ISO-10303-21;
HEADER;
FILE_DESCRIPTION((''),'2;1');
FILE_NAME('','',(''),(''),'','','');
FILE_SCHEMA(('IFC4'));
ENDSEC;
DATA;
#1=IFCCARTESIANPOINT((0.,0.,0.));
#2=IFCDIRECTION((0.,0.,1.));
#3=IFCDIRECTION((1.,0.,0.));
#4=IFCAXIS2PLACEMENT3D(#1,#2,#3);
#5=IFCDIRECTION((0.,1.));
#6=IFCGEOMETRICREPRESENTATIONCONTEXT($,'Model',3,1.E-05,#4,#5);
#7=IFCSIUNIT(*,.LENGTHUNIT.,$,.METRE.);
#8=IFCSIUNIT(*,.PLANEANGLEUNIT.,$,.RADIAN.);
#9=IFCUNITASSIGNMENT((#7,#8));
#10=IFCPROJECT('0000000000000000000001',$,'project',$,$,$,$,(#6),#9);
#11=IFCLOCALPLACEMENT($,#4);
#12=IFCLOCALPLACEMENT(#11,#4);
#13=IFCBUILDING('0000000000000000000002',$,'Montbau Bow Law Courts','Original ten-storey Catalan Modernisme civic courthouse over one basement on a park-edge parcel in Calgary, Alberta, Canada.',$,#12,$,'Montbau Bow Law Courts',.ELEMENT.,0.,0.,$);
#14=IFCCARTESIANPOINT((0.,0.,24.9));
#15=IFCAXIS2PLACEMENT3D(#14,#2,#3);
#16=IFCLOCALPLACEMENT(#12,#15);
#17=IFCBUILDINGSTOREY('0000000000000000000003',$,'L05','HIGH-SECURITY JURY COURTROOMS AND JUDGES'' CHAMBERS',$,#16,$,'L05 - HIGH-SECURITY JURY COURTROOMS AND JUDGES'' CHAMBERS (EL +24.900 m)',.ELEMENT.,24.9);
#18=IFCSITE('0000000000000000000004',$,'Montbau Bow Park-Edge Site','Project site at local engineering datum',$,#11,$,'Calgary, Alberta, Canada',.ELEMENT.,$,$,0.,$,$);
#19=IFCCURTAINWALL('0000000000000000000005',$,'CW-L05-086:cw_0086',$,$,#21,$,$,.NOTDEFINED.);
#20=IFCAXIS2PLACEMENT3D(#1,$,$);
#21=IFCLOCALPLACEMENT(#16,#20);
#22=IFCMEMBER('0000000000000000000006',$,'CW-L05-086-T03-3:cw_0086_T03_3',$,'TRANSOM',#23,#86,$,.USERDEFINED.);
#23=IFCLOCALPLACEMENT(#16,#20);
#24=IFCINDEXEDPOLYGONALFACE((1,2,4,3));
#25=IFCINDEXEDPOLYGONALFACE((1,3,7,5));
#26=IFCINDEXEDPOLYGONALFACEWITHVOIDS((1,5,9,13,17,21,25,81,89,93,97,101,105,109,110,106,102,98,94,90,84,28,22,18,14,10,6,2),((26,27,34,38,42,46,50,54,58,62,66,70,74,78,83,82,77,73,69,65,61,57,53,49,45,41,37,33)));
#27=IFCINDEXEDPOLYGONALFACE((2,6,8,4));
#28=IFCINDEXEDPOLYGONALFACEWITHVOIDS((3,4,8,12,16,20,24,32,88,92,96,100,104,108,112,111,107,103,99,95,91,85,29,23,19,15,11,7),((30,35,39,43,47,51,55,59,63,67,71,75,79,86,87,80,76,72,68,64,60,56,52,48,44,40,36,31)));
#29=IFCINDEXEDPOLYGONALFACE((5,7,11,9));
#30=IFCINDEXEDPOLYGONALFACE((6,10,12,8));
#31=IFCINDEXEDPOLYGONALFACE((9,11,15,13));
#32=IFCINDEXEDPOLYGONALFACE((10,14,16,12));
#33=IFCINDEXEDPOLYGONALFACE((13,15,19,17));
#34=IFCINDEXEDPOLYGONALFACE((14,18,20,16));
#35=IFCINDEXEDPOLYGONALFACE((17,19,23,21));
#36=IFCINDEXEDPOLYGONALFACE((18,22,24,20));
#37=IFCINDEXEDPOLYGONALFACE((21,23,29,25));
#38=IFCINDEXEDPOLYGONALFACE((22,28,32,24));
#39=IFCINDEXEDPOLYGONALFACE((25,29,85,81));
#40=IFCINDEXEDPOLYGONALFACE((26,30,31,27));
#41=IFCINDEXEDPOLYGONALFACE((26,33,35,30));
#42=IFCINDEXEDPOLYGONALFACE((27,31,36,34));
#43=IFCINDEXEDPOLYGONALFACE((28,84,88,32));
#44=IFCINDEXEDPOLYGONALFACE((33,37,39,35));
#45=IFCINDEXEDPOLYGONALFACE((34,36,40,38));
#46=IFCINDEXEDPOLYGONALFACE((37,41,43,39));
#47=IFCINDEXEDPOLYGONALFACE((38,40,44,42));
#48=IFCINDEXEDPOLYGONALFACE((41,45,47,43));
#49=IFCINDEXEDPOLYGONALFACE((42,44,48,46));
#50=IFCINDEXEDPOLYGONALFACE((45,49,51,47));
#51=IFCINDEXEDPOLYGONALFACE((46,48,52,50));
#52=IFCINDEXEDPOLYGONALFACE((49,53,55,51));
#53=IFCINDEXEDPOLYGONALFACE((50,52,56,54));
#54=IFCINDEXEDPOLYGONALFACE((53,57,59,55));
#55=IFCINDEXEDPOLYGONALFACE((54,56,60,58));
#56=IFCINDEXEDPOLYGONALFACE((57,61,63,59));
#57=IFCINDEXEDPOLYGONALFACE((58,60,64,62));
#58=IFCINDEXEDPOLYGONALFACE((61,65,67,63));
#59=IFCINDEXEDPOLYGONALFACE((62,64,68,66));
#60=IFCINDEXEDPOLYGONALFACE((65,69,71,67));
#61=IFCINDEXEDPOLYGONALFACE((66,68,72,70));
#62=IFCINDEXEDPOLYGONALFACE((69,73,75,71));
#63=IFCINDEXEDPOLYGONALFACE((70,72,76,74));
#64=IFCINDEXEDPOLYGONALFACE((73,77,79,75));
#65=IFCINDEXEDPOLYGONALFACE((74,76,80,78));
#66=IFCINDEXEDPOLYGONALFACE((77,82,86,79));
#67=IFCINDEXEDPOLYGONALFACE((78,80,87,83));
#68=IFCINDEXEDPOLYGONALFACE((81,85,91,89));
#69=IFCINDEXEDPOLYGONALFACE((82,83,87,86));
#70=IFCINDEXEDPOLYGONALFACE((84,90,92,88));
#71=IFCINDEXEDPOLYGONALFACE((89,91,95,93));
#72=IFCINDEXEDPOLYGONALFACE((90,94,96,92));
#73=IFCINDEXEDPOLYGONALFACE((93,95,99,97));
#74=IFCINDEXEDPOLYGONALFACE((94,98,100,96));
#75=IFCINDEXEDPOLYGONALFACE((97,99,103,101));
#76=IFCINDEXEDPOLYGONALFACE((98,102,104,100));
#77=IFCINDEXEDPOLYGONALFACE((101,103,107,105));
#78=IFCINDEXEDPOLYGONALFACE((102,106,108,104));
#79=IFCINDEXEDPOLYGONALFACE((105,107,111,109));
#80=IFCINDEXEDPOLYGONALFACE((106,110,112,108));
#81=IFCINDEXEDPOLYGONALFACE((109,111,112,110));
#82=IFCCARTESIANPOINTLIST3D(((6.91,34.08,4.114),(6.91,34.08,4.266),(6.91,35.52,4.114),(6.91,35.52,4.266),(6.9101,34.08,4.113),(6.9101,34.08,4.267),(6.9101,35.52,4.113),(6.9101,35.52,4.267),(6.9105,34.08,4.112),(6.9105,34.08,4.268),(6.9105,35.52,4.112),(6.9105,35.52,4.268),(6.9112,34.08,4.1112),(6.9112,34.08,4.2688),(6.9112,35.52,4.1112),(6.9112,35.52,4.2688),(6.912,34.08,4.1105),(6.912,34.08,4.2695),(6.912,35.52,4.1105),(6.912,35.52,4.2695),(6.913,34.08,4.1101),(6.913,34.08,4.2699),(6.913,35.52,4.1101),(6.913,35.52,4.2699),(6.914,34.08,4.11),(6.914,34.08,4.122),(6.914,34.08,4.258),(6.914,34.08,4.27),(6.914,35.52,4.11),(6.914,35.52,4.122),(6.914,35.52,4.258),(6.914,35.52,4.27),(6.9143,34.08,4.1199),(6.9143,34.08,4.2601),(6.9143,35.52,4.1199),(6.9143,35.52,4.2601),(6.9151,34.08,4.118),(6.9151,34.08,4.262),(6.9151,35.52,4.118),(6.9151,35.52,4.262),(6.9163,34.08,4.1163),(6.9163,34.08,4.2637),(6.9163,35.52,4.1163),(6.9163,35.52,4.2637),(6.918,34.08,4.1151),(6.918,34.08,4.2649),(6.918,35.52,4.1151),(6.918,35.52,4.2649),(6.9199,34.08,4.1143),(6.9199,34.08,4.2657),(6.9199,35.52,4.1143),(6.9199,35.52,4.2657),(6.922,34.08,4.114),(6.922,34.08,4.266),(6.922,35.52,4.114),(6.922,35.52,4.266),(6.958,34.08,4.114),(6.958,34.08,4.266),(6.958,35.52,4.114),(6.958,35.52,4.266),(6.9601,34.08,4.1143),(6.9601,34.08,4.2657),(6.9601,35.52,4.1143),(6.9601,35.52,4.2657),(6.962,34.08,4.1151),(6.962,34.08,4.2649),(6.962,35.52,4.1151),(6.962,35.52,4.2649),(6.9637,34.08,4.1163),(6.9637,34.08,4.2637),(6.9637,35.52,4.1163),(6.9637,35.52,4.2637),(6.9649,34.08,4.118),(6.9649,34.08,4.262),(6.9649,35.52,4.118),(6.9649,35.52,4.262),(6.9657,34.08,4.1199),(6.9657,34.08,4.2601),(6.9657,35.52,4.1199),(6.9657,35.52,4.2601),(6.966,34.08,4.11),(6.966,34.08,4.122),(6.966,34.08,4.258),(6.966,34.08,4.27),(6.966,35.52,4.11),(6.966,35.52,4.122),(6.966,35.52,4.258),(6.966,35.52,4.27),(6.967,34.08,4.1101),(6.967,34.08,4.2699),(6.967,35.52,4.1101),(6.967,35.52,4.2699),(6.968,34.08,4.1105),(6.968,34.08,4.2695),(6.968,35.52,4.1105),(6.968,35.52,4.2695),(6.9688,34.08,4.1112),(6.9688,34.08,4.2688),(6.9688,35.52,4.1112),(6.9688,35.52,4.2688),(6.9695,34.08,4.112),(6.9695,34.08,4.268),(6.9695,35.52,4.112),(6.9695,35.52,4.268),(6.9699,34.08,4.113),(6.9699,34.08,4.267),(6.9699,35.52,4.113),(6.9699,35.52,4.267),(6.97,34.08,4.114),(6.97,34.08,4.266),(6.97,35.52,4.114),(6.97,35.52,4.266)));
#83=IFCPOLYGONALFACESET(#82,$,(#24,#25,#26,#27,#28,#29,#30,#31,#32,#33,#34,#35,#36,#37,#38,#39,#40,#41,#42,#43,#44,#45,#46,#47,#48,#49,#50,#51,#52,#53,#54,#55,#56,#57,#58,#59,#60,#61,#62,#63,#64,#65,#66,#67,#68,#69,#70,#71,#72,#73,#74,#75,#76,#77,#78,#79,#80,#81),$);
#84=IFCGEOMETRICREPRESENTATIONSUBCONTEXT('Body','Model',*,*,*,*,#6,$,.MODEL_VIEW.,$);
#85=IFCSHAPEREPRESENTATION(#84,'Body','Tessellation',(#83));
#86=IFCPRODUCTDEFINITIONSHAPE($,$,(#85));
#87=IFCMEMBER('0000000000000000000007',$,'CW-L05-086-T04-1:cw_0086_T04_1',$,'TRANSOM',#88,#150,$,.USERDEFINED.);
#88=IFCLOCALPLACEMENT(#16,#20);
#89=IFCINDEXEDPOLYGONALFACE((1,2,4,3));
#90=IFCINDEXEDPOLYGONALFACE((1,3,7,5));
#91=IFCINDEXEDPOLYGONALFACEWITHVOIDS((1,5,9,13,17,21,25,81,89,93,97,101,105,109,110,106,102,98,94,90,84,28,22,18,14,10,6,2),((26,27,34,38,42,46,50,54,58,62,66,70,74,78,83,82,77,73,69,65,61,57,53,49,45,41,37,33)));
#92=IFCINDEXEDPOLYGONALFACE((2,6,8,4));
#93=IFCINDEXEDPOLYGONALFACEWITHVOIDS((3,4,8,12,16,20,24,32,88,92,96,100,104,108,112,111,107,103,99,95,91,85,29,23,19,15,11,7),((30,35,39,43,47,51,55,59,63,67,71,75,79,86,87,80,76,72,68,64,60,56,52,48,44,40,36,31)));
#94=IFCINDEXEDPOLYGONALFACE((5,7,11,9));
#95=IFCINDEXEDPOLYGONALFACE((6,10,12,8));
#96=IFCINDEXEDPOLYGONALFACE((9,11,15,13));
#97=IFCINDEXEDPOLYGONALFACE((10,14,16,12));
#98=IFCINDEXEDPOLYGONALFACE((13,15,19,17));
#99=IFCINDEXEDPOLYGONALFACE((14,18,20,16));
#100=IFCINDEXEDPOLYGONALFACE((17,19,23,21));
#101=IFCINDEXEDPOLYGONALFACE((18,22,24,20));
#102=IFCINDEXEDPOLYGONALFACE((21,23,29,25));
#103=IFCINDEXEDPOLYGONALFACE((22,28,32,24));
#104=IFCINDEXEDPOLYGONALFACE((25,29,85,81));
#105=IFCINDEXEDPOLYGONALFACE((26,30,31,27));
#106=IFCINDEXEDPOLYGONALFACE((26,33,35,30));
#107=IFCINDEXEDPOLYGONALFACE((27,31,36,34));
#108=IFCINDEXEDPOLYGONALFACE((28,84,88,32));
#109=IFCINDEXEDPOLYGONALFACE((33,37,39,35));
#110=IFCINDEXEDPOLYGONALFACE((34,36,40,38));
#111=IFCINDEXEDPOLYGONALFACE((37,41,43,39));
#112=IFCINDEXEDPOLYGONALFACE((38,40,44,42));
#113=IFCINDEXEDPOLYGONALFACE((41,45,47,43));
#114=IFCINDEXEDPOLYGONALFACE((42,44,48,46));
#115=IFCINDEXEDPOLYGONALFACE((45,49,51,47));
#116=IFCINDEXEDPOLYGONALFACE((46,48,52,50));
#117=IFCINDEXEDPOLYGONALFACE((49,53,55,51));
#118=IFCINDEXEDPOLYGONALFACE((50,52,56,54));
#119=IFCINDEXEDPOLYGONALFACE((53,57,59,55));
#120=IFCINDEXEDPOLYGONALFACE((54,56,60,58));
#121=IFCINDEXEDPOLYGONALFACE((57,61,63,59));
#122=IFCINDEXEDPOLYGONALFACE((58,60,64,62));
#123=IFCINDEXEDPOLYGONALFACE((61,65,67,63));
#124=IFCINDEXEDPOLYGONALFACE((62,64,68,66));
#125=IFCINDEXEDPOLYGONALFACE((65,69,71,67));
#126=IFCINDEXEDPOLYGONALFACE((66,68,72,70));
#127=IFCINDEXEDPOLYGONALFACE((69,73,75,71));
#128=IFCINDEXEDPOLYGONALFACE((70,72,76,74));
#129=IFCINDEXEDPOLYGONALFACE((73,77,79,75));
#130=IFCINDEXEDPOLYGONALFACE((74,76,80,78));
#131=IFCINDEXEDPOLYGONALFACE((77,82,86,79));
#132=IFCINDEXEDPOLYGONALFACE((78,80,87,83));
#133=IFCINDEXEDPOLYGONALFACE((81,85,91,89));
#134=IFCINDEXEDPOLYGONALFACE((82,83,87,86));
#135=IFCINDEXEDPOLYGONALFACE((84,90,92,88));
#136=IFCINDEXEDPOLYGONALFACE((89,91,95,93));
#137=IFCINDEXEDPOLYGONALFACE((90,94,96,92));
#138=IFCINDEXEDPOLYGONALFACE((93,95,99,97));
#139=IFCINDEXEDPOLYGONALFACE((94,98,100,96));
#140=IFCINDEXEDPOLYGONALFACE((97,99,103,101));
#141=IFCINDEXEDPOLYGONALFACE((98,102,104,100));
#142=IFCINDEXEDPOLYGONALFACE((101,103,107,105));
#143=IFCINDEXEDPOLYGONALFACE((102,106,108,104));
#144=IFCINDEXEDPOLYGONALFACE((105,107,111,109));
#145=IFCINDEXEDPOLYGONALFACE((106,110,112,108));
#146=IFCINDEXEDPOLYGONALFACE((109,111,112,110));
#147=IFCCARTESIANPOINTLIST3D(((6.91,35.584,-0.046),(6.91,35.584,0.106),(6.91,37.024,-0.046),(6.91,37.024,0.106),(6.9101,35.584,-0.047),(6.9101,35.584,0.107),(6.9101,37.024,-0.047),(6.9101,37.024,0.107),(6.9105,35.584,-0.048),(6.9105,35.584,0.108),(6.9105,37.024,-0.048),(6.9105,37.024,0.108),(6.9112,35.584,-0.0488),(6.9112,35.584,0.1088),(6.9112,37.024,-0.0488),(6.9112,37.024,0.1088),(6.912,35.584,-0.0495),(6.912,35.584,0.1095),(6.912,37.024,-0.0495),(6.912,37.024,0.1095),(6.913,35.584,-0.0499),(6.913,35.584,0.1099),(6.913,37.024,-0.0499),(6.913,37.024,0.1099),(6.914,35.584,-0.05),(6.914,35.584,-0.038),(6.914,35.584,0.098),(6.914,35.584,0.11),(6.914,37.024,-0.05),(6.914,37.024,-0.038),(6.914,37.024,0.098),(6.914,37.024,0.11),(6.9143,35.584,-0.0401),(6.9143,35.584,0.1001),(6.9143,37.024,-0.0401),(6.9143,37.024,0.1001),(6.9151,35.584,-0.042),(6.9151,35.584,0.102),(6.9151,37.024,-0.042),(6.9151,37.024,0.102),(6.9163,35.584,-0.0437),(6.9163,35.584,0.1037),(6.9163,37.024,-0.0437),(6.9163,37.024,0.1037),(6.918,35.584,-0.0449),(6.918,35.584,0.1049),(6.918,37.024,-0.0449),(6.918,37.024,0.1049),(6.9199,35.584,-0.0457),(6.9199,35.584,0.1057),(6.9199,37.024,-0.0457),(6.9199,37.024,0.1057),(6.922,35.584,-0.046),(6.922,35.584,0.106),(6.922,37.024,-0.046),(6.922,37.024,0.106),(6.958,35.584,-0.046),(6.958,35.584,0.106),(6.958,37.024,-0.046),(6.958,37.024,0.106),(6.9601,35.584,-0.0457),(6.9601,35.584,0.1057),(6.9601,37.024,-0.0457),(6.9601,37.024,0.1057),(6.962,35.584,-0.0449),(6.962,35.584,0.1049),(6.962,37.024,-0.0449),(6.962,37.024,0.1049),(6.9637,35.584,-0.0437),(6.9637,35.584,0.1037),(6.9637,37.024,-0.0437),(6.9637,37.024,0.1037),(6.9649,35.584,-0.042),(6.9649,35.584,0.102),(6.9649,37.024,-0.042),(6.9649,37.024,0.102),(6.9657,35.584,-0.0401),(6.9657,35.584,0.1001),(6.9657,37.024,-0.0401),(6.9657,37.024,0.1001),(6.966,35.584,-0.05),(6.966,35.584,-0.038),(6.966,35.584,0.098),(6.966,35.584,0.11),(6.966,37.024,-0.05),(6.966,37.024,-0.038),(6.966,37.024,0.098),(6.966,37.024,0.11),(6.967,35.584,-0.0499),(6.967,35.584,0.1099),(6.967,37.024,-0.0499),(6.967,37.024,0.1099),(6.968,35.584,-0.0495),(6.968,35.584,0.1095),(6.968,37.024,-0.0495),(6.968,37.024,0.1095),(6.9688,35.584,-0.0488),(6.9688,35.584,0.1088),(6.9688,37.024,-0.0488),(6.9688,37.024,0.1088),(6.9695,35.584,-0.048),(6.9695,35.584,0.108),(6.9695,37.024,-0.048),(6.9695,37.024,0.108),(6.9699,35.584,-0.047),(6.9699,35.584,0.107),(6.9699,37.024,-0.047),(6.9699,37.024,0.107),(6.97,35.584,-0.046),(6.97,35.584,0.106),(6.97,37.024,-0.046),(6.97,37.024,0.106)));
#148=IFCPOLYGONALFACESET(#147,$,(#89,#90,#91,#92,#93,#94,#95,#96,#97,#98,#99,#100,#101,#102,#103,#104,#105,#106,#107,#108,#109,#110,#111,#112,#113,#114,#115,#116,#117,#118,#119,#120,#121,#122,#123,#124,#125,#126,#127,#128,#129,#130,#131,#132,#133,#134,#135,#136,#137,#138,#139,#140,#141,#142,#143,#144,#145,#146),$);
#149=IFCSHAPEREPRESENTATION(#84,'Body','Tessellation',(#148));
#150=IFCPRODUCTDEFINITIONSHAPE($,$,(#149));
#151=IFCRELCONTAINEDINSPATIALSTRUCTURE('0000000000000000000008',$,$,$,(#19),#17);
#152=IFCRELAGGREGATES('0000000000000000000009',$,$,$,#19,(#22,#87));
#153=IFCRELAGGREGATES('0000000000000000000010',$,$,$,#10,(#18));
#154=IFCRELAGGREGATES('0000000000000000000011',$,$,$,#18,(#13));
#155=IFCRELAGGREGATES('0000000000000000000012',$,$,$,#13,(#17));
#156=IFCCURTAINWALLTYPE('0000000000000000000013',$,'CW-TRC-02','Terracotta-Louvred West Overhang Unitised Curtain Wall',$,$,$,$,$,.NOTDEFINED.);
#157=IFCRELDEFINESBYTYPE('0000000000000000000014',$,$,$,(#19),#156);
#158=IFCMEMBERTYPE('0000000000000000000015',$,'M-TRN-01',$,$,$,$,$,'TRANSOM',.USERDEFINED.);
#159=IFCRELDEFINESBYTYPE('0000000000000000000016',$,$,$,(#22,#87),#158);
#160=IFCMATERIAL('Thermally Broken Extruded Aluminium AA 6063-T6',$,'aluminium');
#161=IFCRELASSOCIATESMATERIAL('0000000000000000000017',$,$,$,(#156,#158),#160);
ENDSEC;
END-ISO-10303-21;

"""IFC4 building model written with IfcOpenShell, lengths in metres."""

from ifc_helpers import new_model, si_unit, direction, frame, origin_with_axes, origin_2d_with_axis, place, context, subcontext, project, spatial, hollow_rectangle, extrude, material, material_profile, profile_set, type_object, element, aggregate, save


model = new_model("IFC4")

# Units and contexts
model_context = context("Model", 3, precision=1e-05, world=origin_with_axes(), true_north=direction((0.0, 1.0)))
body_context = subcontext(model_context, "Body", "Model", "MODEL_VIEW")
ifc_project = project(units=[si_unit("LENGTHUNIT", "METRE"), si_unit("PLANEANGLEUNIT", "RADIAN")], contexts=[model_context])

# Site, building, storey
site_placement = place(None, origin_with_axes())
site = spatial("IfcSite", under=ifc_project, at=site_placement, Name="Montbau Bow Park-Edge Site", Description="Project site at local engineering datum", LongName="Calgary, Alberta, Canada", CompositionType="ELEMENT", RefElevation=0.0)
building_placement = place(site_placement, origin_with_axes())
building = spatial("IfcBuilding", under=site, at=building_placement, Name="Montbau Bow Law Courts", Description="Original ten-storey Catalan Modernisme civic courthouse over one basement on a park-edge parcel in Calgary, Alberta, Canada.", LongName="Montbau Bow Law Courts", CompositionType="ELEMENT", ElevationOfRefHeight=0.0, ElevationOfTerrain=0.0)
storey_placement = place(building_placement, frame((0.0, 0.0, 24.9), z_axis=(0.0, 0.0, 1.0), x_axis=(1.0, 0.0, 0.0)))
storey = spatial("IfcBuildingStorey", under=building, at=storey_placement, Name="L05", Description="HIGH-SECURITY JURY COURTROOMS AND JUDGES' CHAMBERS", LongName="L05 - HIGH-SECURITY JURY COURTROOMS AND JUDGES' CHAMBERS (EL +24.900 m)", CompositionType="ELEMENT", Elevation=24.9)

# Curtain wall, members
ifc_material_1 = material(Name="Thermally Broken Extruded Aluminium AA 6063-T6", Category="aluminium")
curtain_wall_type = type_object("IfcCurtainWallType", Name="CW-TRC-02", Description="Terracotta-Louvred West Overhang Unitised Curtain Wall", PredefinedType="NOTDEFINED", material=ifc_material_1)
curtain_wall_placement = place(None, frame((6.94, 31.04, 24.9), z_axis=(0.0, 0.0, 1.0), x_axis=(1.0, 0.0, 0.0)))
curtain_wall = element("IfcCurtainWall", 1, at=curtain_wall_placement, inside=storey, type_object=curtain_wall_type, Name="CW-L05-086:cw_0086", PredefinedType="NOTDEFINED")
ifc_material_profile_1 = material_profile(ifc_material_1, hollow_rectangle(XDim=0.06, YDim=0.16, WallThickness=0.004, InnerFilletRadius=0.008, OuterFilletRadius=0.004, at=origin_2d_with_axis()), Name="CWT-160X60", Category="Main", Priority=0)
ifc_profile_set_1 = profile_set([ifc_material_profile_1], Name="Thermally Broken Extruded Aluminium AA 6063-T6")
member_type_1 = type_object("IfcMemberType", Name="M-TRN-01", ElementType="TRANSOM", PredefinedType="USERDEFINED", material=ifc_profile_set_1)
member_1_placement = place(None, frame((6.94, 34.08, 29.09), z_axis=(0.0, 1.0, 0.0), x_axis=(-1.0, 0.0, 0.0)))
member_1 = element("IfcMember", 2, at=member_1_placement, type_object=member_type_1, Name="CW-L05-086-T03-3:cw_0086_T03_3", ObjectType="TRANSOM", PredefinedType="USERDEFINED", context=body_context, shape_type="SweptSolid", body=[
    extrude(hollow_rectangle(XDim=0.06, YDim=0.16, WallThickness=0.004, InnerFilletRadius=0.008, OuterFilletRadius=0.004, at=origin_2d_with_axis()), origin_with_axes(), (0.0, 0.0, 1.0), 1.44),
])
member_2_placement = place(None, frame((6.94, 35.584, 24.93), z_axis=(0.0, 1.0, 0.0), x_axis=(-1.0, 0.0, 0.0)))
member_2 = element("IfcMember", 3, at=member_2_placement, type_object=member_type_1, Name="CW-L05-086-T04-1:cw_0086_T04_1", ObjectType="TRANSOM", PredefinedType="USERDEFINED", context=body_context, shape_type="SweptSolid", body=[
    extrude(hollow_rectangle(XDim=0.06, YDim=0.16, WallThickness=0.004, InnerFilletRadius=0.008, OuterFilletRadius=0.004, at=origin_2d_with_axis()), origin_with_axes(), (0.0, 0.0, 1.0), 1.44),
])
aggregate(curtain_wall, [member_1, member_2])

save(model, "model.ifc")
